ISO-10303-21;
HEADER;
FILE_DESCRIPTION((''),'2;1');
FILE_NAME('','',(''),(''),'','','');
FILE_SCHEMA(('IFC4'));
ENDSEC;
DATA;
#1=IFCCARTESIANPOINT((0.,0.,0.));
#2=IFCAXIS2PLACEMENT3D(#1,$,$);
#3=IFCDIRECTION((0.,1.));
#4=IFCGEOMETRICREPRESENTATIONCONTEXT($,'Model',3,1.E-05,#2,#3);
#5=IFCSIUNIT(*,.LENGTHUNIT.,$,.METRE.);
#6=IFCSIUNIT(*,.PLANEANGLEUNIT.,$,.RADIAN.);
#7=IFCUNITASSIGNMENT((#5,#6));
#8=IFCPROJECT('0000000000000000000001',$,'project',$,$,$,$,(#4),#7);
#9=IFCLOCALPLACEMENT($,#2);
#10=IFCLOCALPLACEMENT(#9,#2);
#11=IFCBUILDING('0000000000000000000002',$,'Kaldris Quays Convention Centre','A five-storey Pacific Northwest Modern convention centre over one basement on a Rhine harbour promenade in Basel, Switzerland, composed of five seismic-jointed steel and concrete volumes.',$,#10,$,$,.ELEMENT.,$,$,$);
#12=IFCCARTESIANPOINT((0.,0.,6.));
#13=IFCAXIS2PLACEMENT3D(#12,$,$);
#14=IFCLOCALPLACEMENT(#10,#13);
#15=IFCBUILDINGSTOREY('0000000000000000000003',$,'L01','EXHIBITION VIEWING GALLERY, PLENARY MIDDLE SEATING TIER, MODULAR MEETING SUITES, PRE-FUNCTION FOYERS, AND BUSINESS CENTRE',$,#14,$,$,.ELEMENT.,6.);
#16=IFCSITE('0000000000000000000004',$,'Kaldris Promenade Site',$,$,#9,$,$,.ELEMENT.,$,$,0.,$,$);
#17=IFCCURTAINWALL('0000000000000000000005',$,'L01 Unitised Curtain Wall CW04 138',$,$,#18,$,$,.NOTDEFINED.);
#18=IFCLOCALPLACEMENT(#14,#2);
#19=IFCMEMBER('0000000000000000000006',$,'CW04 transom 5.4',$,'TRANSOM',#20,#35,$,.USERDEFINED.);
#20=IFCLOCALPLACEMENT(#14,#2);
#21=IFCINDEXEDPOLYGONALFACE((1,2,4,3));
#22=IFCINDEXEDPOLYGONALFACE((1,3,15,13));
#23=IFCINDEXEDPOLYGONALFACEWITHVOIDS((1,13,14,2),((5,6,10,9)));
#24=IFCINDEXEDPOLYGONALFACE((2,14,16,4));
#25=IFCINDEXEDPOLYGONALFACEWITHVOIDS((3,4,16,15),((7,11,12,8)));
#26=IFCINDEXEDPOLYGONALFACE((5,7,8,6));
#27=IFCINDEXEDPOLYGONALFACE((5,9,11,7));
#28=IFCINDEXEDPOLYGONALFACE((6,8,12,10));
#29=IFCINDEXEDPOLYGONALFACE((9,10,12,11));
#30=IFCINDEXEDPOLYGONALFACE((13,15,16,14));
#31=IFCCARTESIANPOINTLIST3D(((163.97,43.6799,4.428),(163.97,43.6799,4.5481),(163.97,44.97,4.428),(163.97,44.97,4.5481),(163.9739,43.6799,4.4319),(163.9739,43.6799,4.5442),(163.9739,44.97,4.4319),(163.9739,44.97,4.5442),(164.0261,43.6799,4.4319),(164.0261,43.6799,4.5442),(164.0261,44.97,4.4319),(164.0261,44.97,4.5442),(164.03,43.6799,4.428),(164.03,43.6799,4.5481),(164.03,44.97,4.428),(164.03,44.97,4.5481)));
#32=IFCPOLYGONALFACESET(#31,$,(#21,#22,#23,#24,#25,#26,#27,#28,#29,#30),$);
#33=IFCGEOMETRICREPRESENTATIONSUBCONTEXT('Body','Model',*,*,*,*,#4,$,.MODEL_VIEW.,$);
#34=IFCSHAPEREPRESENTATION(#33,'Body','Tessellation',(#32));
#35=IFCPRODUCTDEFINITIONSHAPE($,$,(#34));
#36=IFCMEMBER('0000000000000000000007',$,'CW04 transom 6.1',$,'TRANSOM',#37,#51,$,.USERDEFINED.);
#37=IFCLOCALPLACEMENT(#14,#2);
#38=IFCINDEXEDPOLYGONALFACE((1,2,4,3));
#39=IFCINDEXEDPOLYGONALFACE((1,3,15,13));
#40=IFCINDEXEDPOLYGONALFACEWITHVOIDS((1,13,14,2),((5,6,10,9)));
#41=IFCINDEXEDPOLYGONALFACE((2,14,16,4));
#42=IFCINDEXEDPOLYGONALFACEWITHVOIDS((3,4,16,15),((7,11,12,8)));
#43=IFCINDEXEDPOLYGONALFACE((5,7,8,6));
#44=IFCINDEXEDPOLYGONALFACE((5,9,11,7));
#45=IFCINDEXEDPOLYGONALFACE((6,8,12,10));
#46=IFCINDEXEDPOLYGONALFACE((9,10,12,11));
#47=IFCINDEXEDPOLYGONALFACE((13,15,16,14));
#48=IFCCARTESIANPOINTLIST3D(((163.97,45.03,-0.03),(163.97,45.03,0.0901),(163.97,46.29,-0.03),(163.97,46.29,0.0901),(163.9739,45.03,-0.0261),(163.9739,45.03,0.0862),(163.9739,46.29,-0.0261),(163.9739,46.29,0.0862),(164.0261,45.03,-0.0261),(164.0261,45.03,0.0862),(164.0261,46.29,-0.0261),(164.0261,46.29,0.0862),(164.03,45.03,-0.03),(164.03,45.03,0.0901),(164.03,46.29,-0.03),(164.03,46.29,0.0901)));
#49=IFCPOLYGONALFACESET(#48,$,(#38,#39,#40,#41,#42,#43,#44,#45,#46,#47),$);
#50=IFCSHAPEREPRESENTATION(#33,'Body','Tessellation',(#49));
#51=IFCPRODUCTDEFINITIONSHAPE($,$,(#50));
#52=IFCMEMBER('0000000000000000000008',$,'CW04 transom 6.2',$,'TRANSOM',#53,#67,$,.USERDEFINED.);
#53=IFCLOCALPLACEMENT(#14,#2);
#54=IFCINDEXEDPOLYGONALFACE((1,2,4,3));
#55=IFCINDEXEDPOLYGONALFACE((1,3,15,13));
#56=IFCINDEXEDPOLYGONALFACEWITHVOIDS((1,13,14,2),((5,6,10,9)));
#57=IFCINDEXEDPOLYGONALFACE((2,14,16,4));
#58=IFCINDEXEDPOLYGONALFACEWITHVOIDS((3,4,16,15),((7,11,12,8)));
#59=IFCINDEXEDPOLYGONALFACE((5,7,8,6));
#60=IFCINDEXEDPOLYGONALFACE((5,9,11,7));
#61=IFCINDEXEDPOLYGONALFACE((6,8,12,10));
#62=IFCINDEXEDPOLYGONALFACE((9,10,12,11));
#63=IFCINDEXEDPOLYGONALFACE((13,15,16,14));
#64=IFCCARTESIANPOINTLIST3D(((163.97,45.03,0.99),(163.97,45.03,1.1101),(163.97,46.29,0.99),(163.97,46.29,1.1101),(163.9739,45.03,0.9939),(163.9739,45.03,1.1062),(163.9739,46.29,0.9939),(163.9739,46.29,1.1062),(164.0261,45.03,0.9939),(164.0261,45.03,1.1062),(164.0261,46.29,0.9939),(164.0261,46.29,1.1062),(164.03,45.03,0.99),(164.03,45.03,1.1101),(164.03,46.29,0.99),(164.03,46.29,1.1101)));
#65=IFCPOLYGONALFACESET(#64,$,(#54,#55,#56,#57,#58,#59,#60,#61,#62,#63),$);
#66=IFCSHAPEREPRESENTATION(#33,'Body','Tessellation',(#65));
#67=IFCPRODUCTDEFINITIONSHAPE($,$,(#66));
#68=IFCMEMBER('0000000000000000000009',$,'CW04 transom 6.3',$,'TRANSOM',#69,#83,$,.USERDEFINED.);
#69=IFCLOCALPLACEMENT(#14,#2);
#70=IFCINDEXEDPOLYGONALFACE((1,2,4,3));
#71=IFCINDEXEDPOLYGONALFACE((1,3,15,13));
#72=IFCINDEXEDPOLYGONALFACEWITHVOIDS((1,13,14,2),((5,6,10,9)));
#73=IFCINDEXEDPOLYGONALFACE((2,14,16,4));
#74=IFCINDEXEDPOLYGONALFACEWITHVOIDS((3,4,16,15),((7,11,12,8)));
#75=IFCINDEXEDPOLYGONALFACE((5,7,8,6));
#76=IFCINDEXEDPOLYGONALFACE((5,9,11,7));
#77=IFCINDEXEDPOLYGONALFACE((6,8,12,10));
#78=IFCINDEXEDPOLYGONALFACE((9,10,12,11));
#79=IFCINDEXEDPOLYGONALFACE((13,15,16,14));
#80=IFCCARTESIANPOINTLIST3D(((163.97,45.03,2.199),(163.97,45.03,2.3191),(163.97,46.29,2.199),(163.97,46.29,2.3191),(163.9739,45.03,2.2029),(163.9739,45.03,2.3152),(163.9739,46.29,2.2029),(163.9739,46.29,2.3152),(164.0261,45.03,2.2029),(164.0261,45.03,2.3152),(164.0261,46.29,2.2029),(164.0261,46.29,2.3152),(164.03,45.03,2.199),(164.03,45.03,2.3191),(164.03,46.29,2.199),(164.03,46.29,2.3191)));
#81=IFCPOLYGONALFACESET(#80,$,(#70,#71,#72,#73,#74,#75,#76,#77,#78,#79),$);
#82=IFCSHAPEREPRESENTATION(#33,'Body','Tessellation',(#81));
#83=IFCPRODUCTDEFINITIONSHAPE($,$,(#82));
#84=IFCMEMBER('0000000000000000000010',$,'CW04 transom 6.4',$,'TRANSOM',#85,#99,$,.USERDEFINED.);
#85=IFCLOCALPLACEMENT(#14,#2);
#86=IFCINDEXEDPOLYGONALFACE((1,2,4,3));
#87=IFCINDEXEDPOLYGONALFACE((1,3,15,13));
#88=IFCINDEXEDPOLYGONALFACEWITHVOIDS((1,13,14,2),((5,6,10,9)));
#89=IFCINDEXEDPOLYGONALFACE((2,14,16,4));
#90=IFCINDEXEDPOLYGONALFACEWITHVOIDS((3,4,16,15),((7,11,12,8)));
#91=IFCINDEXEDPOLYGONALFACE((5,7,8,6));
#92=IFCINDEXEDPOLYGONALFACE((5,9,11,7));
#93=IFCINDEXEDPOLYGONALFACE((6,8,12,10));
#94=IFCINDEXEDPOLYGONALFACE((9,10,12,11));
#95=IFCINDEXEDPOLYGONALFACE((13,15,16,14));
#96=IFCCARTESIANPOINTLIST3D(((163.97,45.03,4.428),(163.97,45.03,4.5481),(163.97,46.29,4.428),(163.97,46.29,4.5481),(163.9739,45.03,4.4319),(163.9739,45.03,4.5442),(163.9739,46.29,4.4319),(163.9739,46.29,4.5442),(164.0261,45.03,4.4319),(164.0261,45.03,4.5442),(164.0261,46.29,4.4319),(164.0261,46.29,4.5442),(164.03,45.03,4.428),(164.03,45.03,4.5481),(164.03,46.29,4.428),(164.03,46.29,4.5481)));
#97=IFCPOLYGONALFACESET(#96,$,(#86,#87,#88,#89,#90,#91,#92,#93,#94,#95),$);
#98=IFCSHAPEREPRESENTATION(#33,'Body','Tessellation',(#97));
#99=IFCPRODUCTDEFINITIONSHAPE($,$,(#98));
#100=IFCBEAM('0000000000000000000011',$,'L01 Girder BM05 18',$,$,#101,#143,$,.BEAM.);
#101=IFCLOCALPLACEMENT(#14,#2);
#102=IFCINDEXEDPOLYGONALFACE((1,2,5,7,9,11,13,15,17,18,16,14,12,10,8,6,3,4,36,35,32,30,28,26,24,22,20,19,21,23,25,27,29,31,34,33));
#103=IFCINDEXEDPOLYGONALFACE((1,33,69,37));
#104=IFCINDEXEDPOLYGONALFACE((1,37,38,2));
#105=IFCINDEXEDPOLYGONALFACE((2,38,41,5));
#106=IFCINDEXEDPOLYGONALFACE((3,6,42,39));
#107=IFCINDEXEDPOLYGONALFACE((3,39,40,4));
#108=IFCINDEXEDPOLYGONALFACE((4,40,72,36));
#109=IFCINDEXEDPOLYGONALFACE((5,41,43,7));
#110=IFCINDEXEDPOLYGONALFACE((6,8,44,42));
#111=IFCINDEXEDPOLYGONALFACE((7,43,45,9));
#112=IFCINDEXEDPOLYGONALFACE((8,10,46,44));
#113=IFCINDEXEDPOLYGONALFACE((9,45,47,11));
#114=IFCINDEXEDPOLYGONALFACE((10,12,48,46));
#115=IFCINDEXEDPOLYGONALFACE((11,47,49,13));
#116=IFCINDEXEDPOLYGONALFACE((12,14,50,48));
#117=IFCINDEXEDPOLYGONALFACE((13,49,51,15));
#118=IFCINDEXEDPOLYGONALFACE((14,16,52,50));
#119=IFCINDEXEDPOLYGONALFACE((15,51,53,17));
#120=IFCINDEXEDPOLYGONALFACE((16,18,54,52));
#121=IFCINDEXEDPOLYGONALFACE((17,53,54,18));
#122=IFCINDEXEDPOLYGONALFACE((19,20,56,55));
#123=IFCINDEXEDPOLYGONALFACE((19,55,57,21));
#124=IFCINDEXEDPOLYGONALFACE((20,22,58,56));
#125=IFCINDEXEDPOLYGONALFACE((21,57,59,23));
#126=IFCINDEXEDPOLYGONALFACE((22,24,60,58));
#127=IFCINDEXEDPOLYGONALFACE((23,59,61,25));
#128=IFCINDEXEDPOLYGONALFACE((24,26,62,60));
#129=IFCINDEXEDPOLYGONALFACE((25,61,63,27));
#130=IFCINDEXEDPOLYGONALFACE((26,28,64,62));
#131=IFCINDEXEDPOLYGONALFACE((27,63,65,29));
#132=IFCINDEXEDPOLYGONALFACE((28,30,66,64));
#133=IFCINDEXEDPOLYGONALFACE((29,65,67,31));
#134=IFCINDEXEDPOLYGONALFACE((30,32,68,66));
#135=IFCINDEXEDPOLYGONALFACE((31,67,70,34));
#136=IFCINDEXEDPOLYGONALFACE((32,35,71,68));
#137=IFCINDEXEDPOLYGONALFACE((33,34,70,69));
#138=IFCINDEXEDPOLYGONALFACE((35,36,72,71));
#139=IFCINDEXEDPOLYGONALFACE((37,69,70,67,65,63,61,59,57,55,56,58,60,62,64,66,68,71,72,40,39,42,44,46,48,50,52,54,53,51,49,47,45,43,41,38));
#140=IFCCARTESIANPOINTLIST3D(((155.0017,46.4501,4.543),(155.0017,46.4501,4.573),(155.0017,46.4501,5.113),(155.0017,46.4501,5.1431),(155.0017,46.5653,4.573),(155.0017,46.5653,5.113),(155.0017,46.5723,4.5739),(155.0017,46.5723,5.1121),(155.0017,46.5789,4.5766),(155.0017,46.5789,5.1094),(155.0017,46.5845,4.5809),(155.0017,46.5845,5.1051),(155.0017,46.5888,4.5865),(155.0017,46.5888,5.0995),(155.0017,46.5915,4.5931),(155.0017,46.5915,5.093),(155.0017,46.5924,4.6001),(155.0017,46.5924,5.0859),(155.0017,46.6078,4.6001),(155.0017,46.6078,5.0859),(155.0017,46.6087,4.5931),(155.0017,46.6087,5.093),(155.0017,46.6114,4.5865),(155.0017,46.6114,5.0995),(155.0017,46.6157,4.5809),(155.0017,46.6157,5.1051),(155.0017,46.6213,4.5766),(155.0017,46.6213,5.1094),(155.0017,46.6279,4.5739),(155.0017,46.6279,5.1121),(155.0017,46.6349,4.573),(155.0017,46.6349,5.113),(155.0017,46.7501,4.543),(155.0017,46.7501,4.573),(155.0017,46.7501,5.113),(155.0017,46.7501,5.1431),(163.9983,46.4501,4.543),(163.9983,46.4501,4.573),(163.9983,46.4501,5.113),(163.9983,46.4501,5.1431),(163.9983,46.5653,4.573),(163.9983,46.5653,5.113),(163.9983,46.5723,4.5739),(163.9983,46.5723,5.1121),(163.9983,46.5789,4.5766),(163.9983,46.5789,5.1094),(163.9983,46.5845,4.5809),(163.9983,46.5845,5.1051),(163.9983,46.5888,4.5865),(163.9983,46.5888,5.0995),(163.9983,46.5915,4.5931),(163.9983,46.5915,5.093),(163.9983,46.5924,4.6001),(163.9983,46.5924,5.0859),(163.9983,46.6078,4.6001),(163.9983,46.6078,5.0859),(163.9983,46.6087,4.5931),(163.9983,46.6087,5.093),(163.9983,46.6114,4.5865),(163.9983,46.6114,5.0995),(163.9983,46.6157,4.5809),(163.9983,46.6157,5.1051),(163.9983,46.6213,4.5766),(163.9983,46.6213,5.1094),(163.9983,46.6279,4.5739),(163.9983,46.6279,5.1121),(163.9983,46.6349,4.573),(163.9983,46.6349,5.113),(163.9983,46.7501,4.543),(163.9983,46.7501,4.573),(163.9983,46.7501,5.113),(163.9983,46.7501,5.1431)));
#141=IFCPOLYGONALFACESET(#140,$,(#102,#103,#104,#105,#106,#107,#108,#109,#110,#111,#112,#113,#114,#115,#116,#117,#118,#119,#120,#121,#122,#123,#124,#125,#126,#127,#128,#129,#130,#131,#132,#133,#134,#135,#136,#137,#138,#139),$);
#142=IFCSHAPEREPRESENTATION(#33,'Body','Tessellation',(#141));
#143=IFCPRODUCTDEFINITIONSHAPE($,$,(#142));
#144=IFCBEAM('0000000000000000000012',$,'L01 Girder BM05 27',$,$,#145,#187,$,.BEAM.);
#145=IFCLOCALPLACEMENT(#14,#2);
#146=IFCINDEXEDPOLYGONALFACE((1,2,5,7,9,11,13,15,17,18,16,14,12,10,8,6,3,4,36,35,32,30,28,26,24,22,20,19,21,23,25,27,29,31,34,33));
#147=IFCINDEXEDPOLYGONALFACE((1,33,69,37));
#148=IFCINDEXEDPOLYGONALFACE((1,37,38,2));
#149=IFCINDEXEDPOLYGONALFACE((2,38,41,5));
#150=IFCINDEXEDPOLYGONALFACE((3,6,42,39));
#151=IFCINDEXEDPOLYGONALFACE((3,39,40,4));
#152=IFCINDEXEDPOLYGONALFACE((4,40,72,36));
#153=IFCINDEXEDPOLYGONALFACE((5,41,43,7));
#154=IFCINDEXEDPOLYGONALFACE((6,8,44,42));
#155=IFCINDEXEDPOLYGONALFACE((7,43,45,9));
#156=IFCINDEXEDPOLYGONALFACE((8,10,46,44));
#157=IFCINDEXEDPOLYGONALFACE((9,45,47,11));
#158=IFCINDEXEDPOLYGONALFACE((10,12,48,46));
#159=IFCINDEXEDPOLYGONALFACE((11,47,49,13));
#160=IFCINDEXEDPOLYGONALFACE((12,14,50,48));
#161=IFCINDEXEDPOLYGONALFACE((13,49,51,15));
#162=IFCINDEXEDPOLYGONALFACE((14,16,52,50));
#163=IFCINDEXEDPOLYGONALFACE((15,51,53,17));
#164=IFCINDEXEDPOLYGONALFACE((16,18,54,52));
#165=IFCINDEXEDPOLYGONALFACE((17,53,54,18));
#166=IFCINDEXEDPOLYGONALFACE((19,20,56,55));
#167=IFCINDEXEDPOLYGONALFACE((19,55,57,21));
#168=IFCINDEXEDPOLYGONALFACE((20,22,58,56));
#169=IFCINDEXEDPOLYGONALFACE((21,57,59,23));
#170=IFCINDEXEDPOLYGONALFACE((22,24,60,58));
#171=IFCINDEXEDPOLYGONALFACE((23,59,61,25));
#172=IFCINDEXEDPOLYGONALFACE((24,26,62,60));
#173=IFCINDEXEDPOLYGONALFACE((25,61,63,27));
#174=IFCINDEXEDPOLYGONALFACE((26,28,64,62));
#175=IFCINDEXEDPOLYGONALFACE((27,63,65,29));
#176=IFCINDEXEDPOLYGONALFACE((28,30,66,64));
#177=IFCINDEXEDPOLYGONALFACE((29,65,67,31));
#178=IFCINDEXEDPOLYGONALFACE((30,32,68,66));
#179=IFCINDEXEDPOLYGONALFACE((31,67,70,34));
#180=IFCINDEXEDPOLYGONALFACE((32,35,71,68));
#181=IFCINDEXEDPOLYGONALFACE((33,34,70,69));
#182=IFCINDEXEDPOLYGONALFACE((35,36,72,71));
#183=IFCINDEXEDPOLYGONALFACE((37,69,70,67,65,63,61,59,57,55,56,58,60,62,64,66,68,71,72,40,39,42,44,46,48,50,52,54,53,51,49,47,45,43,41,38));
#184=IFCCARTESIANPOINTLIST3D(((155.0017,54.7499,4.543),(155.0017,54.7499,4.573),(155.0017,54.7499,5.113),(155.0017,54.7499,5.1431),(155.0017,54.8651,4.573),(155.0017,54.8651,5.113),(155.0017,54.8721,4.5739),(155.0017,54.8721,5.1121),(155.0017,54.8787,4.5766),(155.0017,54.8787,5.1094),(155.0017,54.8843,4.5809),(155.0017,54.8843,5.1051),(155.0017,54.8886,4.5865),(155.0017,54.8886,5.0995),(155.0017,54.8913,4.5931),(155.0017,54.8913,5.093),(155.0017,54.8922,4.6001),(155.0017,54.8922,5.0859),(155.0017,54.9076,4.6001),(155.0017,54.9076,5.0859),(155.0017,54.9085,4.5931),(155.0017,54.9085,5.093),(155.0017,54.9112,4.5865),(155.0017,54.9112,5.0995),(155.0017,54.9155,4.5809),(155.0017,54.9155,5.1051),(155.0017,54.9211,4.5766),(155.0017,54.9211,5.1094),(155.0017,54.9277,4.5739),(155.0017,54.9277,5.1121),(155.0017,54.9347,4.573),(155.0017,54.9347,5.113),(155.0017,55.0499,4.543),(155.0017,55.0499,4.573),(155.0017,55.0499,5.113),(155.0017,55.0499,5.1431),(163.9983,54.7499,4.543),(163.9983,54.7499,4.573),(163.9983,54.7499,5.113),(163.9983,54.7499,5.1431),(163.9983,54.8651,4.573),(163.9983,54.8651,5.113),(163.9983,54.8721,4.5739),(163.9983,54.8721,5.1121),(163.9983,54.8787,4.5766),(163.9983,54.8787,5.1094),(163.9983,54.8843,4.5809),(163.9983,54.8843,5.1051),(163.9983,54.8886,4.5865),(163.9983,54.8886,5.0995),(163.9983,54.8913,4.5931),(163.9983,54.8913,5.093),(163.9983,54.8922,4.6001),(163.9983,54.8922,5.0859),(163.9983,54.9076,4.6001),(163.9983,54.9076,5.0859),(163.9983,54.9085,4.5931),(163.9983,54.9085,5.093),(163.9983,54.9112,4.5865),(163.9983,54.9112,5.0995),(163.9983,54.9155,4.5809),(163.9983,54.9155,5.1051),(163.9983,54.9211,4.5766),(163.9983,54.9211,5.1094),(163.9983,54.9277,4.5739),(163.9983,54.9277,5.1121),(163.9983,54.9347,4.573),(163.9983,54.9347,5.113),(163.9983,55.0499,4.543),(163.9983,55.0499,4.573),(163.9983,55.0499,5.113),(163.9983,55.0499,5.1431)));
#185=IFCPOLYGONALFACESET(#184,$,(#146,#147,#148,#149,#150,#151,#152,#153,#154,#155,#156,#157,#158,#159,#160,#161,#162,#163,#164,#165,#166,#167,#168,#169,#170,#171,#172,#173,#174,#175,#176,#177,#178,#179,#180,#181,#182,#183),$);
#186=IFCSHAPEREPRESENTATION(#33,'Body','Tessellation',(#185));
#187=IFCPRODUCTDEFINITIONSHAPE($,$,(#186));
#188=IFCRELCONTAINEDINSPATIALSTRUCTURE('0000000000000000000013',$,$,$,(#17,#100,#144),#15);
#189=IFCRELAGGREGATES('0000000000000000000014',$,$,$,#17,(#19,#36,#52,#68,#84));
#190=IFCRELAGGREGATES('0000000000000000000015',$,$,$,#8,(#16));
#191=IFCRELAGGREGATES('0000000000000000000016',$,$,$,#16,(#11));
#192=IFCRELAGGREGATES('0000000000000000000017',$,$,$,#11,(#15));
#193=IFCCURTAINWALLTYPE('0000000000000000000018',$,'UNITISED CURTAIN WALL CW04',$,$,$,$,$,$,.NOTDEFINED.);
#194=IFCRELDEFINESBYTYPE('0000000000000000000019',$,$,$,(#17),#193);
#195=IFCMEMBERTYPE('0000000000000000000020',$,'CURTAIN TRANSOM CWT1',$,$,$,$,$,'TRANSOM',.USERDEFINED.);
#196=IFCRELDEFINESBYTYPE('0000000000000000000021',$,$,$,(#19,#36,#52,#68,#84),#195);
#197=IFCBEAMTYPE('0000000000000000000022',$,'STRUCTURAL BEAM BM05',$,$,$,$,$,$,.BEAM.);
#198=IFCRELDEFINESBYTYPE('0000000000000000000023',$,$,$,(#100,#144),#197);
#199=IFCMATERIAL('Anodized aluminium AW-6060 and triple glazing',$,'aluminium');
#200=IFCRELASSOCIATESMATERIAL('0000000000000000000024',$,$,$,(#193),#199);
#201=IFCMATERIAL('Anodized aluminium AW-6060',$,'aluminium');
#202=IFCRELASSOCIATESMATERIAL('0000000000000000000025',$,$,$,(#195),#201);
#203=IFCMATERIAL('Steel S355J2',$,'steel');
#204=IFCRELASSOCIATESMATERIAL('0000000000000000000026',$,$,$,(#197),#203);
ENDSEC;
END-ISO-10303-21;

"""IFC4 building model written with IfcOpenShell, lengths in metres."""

from ifc_helpers import new_model, si_unit, direction, frame, origin, origin_2d, place, context, subcontext, project, spatial, hollow_rectangle, i_section, extrude, material, material_profile, profile_set, type_object, element, aggregate, save


model = new_model("IFC4")

# Units and contexts
model_context = context("Model", 3, precision=1e-05, world=origin(), true_north=direction((0.0, 1.0)))
body_context = subcontext(model_context, "Body", "Model", "MODEL_VIEW")
ifc_project = project(units=[si_unit("LENGTHUNIT", "METRE"), si_unit("PLANEANGLEUNIT", "RADIAN")], contexts=[model_context])

# Site, building, storey
site_placement = place(None, origin())
site = spatial("IfcSite", under=ifc_project, at=site_placement, Name="Kaldris Promenade Site", CompositionType="ELEMENT", RefElevation=0.0)
building_placement = place(site_placement, origin())
building = spatial("IfcBuilding", under=site, at=building_placement, Name="Kaldris Quays Convention Centre", Description="A five-storey Pacific Northwest Modern convention centre over one basement on a Rhine harbour promenade in Basel, Switzerland, composed of five seismic-jointed steel and concrete volumes.", CompositionType="ELEMENT")
storey_placement = place(building_placement, frame((0.0, 0.0, 6.0)))
storey = spatial("IfcBuildingStorey", under=building, at=storey_placement, Name="L01", Description="EXHIBITION VIEWING GALLERY, PLENARY MIDDLE SEATING TIER, MODULAR MEETING SUITES, PRE-FUNCTION FOYERS, AND BUSINESS CENTRE", CompositionType="ELEMENT", Elevation=6.0)

# Shared definitions
ifc_material_1 = material(Name="Steel S355J2", Category="steel")

# Curtain wall, members
ifc_material_2 = material(Name="Anodized aluminium AW-6060 and triple glazing", Category="aluminium")
curtain_wall_type = type_object("IfcCurtainWallType", Name="UNITISED CURTAIN WALL CW04", PredefinedType="NOTDEFINED", material=ifc_material_2)
curtain_wall_placement = place(storey_placement, origin())
curtain_wall = element("IfcCurtainWall", 1, at=curtain_wall_placement, inside=storey, type_object=curtain_wall_type, Name="L01 Unitised Curtain Wall CW04 138", PredefinedType="NOTDEFINED")
ifc_material_3 = material(Name="Anodized aluminium AW-6060", Category="aluminium")
ifc_material_profile_1 = material_profile(ifc_material_3, hollow_rectangle(XDim=0.0601, YDim=0.1201, WallThickness=0.0039, at=origin_2d()), Name="RHS 120x60x4")
ifc_profile_set_1 = profile_set([ifc_material_profile_1], Name="Anodized aluminium AW-6060")
member_type_1 = type_object("IfcMemberType", Name="CURTAIN TRANSOM CWT1", ElementType="TRANSOM", PredefinedType="USERDEFINED", material=ifc_profile_set_1)
member_1_placement = place(storey_placement, frame((164.0, 43.6799, 4.488), z_axis=(0.0, 1.0, 0.0), x_axis=(-1.0, 0.0, 0.0)))
member_1 = element("IfcMember", 2, at=member_1_placement, type_object=member_type_1, Name="CW04 transom 5.4", ObjectType="TRANSOM", PredefinedType="USERDEFINED", context=body_context, shape_type="SweptSolid", body=[
    extrude(hollow_rectangle(XDim=0.0601, YDim=0.1201, WallThickness=0.0039, at=origin_2d()), origin(), (0.0, 0.0, 1.0), 1.29),
])
member_2_placement = place(storey_placement, frame((164.0, 45.03, 0.03), z_axis=(0.0, 1.0, 0.0), x_axis=(-1.0, 0.0, 0.0)))
member_2 = element("IfcMember", 3, at=member_2_placement, type_object=member_type_1, Name="CW04 transom 6.1", ObjectType="TRANSOM", PredefinedType="USERDEFINED", context=body_context, shape_type="SweptSolid", body=[
    extrude(hollow_rectangle(XDim=0.0601, YDim=0.1201, WallThickness=0.0039, at=origin_2d()), origin(), (0.0, 0.0, 1.0), 1.26),
])
member_3_placement = place(storey_placement, frame((164.0, 45.03, 1.05), z_axis=(0.0, 1.0, 0.0), x_axis=(-1.0, 0.0, 0.0)))
member_3 = element("IfcMember", 4, at=member_3_placement, type_object=member_type_1, Name="CW04 transom 6.2", ObjectType="TRANSOM", PredefinedType="USERDEFINED", context=body_context, shape_type="SweptSolid", body=[
    extrude(hollow_rectangle(XDim=0.0601, YDim=0.1201, WallThickness=0.0039, at=origin_2d()), origin(), (0.0, 0.0, 1.0), 1.26),
])
member_4_placement = place(storey_placement, frame((164.0, 45.03, 2.259), z_axis=(0.0, 1.0, 0.0), x_axis=(-1.0, 0.0, 0.0)))
member_4 = element("IfcMember", 5, at=member_4_placement, type_object=member_type_1, Name="CW04 transom 6.3", ObjectType="TRANSOM", PredefinedType="USERDEFINED", context=body_context, shape_type="SweptSolid", body=[
    extrude(hollow_rectangle(XDim=0.0601, YDim=0.1201, WallThickness=0.0039, at=origin_2d()), origin(), (0.0, 0.0, 1.0), 1.26),
])
member_5_placement = place(storey_placement, frame((164.0, 45.03, 4.488), z_axis=(0.0, 1.0, 0.0), x_axis=(-1.0, 0.0, 0.0)))
member_5 = element("IfcMember", 6, at=member_5_placement, type_object=member_type_1, Name="CW04 transom 6.4", ObjectType="TRANSOM", PredefinedType="USERDEFINED", context=body_context, shape_type="SweptSolid", body=[
    extrude(hollow_rectangle(XDim=0.0601, YDim=0.1201, WallThickness=0.0039, at=origin_2d()), origin(), (0.0, 0.0, 1.0), 1.26),
])

# Beams
ifc_material_profile_2 = material_profile(ifc_material_1, i_section(OverallWidth=0.3, OverallDepth=0.6001, WebThickness=0.0154, FlangeThickness=0.03, FilletRadius=0.0271, at=origin_2d()), Name="HEB 600")
ifc_profile_set_2 = profile_set([ifc_material_profile_2], Name="Steel S355J2")
beam_type_1 = type_object("IfcBeamType", Name="STRUCTURAL BEAM BM05", PredefinedType="BEAM", material=ifc_profile_set_2)
for number, where, z_axis, x_axis, name in (
    (7, (155.0017, 46.6001, 4.843), (1.0, 0.0, 0.0), (0.0, 1.0, 0.0), "L01 Girder BM05 18"),
    (8, (155.0017, 54.8999, 4.843), (1.0, 0.0, 0.0), (0.0, 1.0, 0.0), "L01 Girder BM05 27"),
):
    element("IfcBeam", number, at=place(storey_placement, frame(where, z_axis=z_axis, x_axis=x_axis)), inside=storey, type_object=beam_type_1, Name=name, PredefinedType="BEAM", context=body_context, shape_type="SweptSolid", body=[
        extrude(i_section(OverallWidth=0.3, OverallDepth=0.6001, WebThickness=0.0154, FlangeThickness=0.03, FilletRadius=0.0271, at=origin_2d()), origin(), (0.0, 0.0, 1.0), 8.9966),
    ])

aggregate(curtain_wall, [member_1, member_2, member_3, member_4, member_5])

save(model, "model.ifc")
